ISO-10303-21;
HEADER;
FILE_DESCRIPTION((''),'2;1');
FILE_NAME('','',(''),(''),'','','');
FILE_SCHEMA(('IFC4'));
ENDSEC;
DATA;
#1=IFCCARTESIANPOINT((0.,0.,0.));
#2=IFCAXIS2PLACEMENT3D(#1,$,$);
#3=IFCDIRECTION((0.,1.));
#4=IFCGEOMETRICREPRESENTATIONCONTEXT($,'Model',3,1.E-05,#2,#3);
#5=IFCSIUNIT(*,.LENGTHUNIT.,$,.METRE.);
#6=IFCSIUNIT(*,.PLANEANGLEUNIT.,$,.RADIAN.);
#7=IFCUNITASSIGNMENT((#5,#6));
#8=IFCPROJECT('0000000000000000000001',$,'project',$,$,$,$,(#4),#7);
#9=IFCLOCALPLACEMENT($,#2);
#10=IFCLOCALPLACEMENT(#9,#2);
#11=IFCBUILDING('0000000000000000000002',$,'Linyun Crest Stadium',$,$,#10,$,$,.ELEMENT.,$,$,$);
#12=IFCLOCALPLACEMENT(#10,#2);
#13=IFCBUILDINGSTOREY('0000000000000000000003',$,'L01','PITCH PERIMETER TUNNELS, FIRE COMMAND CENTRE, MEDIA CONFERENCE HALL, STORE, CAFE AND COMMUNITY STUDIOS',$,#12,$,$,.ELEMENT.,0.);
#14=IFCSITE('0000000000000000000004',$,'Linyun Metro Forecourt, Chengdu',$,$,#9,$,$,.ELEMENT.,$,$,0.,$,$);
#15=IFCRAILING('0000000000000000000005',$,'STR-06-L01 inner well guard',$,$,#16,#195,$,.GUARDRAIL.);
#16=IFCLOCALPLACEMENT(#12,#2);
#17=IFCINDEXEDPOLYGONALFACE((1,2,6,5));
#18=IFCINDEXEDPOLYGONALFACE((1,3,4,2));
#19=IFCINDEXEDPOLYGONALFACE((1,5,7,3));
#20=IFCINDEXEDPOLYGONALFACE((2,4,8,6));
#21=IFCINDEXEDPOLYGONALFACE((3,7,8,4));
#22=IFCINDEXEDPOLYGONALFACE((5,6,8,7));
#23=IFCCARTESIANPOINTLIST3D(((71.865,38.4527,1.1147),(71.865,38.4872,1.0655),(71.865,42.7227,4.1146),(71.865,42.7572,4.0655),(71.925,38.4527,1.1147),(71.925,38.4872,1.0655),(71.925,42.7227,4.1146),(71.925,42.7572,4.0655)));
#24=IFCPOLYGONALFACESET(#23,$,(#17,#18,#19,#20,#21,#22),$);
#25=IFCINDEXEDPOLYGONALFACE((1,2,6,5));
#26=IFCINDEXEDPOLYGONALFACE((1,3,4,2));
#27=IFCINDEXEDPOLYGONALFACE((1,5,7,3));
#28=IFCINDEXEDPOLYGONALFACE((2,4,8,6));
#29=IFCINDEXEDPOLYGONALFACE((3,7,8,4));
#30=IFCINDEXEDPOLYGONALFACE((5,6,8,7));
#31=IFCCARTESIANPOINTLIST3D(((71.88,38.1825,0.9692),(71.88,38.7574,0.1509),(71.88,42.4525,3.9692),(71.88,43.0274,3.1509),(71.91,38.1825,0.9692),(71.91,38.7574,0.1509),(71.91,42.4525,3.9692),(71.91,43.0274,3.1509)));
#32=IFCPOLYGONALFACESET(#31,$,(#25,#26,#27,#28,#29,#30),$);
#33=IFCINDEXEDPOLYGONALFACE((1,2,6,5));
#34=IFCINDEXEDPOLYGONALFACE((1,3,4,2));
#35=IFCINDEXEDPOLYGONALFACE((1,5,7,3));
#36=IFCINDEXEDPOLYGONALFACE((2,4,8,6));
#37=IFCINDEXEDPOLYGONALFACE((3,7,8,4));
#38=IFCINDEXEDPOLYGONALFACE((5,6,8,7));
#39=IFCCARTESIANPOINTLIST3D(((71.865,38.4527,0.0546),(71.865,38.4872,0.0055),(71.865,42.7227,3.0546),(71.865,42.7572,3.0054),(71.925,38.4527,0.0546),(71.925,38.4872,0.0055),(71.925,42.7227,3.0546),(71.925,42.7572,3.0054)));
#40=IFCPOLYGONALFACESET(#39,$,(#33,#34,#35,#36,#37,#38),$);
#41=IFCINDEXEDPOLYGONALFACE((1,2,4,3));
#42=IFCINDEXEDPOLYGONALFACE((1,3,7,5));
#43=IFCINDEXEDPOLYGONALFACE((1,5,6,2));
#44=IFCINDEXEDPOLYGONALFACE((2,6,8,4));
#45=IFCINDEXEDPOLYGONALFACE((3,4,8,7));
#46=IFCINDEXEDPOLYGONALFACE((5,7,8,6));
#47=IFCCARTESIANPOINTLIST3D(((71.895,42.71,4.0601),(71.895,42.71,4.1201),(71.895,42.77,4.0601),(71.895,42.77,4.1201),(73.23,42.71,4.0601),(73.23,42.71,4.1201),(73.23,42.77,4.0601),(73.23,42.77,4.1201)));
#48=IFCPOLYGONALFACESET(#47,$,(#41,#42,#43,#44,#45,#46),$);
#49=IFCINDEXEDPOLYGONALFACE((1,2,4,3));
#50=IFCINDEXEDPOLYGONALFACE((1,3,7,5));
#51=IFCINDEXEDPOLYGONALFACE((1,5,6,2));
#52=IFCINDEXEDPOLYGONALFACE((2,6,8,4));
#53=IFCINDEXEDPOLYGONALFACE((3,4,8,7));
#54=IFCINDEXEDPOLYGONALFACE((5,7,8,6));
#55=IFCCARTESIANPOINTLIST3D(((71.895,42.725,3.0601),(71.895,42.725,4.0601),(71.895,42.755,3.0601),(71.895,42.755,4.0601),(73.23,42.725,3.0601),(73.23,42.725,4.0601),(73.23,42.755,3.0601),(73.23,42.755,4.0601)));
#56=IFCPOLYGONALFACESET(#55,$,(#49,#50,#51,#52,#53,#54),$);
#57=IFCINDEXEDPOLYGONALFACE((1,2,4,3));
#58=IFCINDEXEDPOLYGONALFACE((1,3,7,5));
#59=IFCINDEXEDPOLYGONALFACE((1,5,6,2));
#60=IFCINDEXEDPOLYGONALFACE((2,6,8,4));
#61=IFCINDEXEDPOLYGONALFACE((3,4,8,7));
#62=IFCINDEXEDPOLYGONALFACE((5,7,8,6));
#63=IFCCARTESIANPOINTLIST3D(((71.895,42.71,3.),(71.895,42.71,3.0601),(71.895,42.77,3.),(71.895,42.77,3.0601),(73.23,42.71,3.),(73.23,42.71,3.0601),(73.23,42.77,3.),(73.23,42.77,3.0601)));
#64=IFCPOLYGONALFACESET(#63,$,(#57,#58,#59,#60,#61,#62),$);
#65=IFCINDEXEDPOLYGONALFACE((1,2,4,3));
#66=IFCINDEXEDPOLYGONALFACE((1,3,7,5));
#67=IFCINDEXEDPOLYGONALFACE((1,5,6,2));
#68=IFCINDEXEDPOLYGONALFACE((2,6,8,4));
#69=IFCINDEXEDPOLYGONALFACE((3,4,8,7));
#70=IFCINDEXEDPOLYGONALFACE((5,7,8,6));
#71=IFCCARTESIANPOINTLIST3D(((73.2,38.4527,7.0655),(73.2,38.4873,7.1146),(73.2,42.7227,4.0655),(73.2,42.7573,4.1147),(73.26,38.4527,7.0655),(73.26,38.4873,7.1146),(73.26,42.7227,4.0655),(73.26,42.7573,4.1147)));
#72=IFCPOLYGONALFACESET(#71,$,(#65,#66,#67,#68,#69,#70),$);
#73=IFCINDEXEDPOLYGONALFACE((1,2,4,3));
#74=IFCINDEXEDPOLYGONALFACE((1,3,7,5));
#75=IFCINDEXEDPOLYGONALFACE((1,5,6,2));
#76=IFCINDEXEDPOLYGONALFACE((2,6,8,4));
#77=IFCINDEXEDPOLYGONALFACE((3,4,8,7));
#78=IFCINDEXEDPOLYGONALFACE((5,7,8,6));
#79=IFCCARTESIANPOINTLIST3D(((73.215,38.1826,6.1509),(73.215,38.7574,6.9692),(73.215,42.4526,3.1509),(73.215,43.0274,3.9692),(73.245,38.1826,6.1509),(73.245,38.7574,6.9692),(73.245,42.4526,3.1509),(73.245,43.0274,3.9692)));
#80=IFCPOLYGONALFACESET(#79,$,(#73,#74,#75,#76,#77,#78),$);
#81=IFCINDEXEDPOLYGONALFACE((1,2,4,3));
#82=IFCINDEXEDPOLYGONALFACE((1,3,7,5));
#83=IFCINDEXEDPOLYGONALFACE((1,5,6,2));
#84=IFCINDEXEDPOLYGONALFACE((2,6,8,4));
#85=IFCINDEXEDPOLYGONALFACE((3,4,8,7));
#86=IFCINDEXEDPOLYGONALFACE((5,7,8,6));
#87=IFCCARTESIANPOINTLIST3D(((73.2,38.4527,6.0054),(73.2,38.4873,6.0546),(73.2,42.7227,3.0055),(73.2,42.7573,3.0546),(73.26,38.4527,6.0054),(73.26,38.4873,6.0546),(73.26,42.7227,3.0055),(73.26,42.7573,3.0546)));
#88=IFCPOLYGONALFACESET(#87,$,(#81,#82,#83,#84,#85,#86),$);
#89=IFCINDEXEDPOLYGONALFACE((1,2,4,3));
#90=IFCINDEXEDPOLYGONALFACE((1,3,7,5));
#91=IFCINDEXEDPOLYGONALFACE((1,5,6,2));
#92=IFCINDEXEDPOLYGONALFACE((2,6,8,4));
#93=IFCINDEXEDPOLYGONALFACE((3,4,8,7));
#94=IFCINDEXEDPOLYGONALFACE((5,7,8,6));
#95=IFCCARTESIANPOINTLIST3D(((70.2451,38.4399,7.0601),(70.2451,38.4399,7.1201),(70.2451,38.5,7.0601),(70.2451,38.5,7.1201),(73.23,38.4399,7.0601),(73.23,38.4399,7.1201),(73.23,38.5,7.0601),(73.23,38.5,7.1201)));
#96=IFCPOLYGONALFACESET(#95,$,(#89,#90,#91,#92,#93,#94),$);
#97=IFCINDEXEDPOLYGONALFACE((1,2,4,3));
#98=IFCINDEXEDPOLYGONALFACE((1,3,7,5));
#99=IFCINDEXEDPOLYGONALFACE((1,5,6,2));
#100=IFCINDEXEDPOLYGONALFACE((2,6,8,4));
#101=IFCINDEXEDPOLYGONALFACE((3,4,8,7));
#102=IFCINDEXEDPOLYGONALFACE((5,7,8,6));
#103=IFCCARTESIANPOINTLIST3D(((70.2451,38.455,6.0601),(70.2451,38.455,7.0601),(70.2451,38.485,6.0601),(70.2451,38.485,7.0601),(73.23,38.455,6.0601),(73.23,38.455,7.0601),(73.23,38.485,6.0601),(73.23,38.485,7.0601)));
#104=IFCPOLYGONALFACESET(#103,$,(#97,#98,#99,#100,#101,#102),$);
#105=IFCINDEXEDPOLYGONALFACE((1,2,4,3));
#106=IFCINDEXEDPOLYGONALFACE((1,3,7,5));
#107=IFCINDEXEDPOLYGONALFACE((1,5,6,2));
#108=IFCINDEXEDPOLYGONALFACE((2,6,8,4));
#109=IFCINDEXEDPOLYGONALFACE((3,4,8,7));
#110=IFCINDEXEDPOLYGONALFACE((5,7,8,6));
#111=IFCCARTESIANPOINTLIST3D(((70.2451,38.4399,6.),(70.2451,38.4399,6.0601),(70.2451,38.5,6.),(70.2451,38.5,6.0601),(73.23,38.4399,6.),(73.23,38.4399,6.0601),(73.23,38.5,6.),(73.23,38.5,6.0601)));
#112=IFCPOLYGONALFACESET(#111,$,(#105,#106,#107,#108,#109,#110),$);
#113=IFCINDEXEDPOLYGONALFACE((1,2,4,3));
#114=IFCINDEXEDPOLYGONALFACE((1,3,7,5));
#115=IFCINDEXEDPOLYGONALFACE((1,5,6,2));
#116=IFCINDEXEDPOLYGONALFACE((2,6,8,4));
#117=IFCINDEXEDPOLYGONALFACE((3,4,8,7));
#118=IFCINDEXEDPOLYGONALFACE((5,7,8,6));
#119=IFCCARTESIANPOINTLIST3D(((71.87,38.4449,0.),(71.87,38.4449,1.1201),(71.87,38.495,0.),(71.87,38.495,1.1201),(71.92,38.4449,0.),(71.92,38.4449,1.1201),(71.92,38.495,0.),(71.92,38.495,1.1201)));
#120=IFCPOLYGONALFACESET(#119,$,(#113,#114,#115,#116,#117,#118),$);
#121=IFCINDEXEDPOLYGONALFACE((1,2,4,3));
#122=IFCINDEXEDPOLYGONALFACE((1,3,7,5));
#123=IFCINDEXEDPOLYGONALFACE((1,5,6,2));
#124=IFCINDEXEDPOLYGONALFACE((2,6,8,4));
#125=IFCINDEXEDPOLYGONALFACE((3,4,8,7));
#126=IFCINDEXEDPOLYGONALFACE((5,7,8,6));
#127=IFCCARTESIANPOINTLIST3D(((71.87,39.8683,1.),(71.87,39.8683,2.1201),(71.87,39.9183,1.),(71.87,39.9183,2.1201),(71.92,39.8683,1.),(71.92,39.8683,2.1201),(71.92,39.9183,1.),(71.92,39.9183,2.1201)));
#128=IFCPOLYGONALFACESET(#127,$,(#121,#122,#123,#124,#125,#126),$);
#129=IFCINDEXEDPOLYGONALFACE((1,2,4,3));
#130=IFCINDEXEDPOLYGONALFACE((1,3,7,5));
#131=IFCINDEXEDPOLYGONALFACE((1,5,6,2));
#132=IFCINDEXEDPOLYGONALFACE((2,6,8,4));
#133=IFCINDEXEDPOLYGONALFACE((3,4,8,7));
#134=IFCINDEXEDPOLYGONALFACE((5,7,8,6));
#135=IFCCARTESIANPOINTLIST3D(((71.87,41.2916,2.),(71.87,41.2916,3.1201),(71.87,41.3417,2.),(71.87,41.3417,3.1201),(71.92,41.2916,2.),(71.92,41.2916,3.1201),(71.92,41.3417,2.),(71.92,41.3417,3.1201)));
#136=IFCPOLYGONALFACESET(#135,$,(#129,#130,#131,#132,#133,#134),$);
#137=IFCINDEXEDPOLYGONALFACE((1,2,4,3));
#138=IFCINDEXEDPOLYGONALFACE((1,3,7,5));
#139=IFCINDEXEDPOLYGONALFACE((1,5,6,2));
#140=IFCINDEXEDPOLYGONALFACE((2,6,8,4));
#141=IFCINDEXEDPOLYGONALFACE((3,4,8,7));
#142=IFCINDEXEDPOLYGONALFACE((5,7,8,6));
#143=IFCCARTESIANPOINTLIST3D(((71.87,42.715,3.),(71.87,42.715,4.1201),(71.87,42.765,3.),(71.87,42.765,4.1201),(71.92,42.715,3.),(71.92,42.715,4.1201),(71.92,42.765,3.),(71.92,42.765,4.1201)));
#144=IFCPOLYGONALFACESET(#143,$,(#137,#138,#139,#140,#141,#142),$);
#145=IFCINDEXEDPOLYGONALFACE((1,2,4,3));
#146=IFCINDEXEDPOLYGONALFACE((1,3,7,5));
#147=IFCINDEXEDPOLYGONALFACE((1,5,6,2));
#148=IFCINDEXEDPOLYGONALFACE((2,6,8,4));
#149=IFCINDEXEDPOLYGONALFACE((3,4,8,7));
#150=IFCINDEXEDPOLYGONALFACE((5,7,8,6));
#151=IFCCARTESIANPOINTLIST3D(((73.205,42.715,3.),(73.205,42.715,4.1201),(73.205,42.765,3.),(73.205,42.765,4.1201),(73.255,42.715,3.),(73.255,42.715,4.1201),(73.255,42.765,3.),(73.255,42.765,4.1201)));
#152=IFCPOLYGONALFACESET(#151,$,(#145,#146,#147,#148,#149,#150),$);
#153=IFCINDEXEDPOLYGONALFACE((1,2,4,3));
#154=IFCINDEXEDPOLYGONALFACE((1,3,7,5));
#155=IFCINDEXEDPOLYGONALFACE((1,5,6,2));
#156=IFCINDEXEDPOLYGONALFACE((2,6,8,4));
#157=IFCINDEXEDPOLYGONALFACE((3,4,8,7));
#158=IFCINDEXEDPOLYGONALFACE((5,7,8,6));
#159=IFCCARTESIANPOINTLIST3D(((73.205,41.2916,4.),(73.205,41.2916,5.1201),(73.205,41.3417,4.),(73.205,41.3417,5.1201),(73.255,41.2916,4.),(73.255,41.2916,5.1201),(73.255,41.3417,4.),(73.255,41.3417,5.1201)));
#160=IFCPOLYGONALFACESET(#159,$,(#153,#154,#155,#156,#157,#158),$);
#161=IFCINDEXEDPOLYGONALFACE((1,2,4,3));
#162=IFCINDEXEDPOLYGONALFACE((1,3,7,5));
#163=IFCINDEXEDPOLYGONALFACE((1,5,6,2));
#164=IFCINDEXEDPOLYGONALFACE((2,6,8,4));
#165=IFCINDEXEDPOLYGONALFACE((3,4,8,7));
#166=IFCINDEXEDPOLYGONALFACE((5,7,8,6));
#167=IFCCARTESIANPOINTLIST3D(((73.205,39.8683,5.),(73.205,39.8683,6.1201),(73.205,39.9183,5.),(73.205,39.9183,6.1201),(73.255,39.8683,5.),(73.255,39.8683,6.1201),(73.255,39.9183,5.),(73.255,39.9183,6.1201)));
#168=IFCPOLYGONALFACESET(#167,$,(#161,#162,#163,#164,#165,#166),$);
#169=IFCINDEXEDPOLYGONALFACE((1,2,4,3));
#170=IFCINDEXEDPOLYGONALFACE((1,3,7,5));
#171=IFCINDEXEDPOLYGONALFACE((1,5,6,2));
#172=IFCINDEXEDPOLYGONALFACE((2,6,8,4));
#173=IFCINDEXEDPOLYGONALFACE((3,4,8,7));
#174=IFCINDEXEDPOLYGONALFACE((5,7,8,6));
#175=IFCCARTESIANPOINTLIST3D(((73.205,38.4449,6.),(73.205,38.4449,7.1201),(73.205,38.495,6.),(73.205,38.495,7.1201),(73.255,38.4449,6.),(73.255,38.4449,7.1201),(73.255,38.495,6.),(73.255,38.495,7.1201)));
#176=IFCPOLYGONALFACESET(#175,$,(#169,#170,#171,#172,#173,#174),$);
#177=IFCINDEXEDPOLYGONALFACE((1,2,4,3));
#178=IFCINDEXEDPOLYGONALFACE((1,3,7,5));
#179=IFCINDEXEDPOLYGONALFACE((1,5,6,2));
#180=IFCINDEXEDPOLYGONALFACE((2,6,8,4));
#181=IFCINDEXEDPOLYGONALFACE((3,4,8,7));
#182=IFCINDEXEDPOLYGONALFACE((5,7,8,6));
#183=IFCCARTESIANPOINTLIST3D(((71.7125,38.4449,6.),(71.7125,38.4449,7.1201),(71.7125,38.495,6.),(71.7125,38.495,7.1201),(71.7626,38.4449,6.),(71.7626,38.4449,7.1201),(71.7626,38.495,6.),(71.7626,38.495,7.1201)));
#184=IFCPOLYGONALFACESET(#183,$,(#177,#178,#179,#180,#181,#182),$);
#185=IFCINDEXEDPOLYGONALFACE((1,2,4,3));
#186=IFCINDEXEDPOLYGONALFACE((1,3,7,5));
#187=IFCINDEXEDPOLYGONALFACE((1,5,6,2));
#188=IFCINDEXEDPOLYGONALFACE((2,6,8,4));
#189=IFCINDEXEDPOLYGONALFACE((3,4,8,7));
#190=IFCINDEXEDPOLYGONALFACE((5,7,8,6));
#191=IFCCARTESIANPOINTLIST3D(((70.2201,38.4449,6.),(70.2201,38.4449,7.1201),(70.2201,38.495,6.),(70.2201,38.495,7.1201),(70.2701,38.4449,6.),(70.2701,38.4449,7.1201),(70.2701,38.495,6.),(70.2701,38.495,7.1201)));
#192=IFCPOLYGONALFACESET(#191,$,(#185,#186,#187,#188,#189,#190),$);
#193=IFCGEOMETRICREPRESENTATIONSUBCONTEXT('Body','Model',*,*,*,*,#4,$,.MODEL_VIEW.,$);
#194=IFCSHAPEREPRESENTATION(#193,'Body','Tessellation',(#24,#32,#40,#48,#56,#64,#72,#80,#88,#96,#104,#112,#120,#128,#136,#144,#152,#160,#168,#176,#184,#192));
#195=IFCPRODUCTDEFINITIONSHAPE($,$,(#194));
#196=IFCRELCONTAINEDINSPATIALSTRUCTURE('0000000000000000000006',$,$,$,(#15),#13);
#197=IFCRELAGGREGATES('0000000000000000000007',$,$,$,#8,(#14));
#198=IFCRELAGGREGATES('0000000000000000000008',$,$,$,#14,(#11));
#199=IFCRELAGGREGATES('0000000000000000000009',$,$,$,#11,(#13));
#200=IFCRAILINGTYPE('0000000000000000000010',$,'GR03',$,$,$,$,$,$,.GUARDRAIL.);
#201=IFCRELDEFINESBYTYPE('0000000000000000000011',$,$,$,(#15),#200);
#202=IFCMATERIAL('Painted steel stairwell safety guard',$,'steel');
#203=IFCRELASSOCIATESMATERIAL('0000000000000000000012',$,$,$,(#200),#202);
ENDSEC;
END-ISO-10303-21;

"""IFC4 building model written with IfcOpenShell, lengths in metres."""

from ifc_helpers import new_model, si_unit, direction, frame, origin, origin_2d, place, context, subcontext, project, spatial, rectangle, extrude, material, type_object, element, save


model = new_model("IFC4")

# Units and contexts
model_context = context("Model", 3, precision=1e-05, world=origin(), true_north=direction((0.0, 1.0)))
body_context = subcontext(model_context, "Body", "Model", "MODEL_VIEW")
ifc_project = project(units=[si_unit("LENGTHUNIT", "METRE"), si_unit("PLANEANGLEUNIT", "RADIAN")], contexts=[model_context])

# Site, building, storey
site_placement = place(None, origin())
site = spatial("IfcSite", under=ifc_project, at=site_placement, Name="Linyun Metro Forecourt, Chengdu", CompositionType="ELEMENT", RefElevation=0.0)
building_placement = place(site_placement, origin())
building = spatial("IfcBuilding", under=site, at=building_placement, Name="Linyun Crest Stadium", CompositionType="ELEMENT")
storey_placement = place(building_placement, origin())
storey = spatial("IfcBuildingStorey", under=building, at=storey_placement, Name="L01", Description="PITCH PERIMETER TUNNELS, FIRE COMMAND CENTRE, MEDIA CONFERENCE HALL, STORE, CAFE AND COMMUNITY STUDIOS", CompositionType="ELEMENT", Elevation=0.0)

# Railing
ifc_material_1 = material(Name="Painted steel stairwell safety guard", Category="steel")
railing_type_1 = type_object("IfcRailingType", Name="GR03", PredefinedType="GUARDRAIL", material=ifc_material_1)
railing_1_placement = place(storey_placement, frame((71.895, 38.47, 0.0)))
element("IfcRailing", 1, at=railing_1_placement, inside=storey, type_object=railing_type_1, Name="STR-06-L01 inner well guard", PredefinedType="GUARDRAIL", context=body_context, shape_type="SweptSolid", body=[
    extrude(rectangle(XDim=0.0601, YDim=0.0601, at=origin_2d()), frame((0.0, 0.0, 1.0901), z_axis=(0.0, 0.818242, 0.574874), x_axis=(-1.0, 0.0, 0.0)), (0.0, 0.0, 1.0), 5.2185),
    extrude(rectangle(XDim=0.03, YDim=1.0, at=origin_2d()), frame((0.0, 0.0, 0.5601), z_axis=(0.0, 0.818242, 0.574874), x_axis=(-1.0, 0.0, 0.0)), (0.0, 0.0, 1.0), 5.2185),
    extrude(rectangle(XDim=0.0601, YDim=0.0601, at=origin_2d()), frame((0.0, 0.0, 0.03), z_axis=(0.0, 0.818242, 0.574874), x_axis=(-1.0, 0.0, 0.0)), (0.0, 0.0, 1.0), 5.2185),
    extrude(rectangle(XDim=0.0601, YDim=0.0601, at=origin_2d()), frame((0.0, 4.27, 4.0901), z_axis=(1.0, 0.0, 0.0), x_axis=(0.0, 1.0, 0.0)), (0.0, 0.0, 1.0), 1.335),
    extrude(rectangle(XDim=0.03, YDim=1.0, at=origin_2d()), frame((0.0, 4.27, 3.5601), z_axis=(1.0, 0.0, 0.0), x_axis=(0.0, 1.0, 0.0)), (0.0, 0.0, 1.0), 1.335),
    extrude(rectangle(XDim=0.0601, YDim=0.0601, at=origin_2d()), frame((0.0, 4.27, 3.03), z_axis=(1.0, 0.0, 0.0), x_axis=(0.0, 1.0, 0.0)), (0.0, 0.0, 1.0), 1.335),
    extrude(rectangle(XDim=0.0601, YDim=0.0601, at=origin_2d()), frame((1.335, 4.27, 4.0901), z_axis=(0.0, -0.818242, 0.574874), x_axis=(1.0, 0.0, 0.0)), (0.0, 0.0, 1.0), 5.2185),
    extrude(rectangle(XDim=0.03, YDim=1.0, at=origin_2d()), frame((1.335, 4.27, 3.5601), z_axis=(0.0, -0.818242, 0.574874), x_axis=(1.0, 0.0, 0.0)), (0.0, 0.0, 1.0), 5.2185),
    extrude(rectangle(XDim=0.0601, YDim=0.0601, at=origin_2d()), frame((1.335, 4.27, 3.03), z_axis=(0.0, -0.818242, 0.574874), x_axis=(1.0, 0.0, 0.0)), (0.0, 0.0, 1.0), 5.2185),
    extrude(rectangle(XDim=0.0601, YDim=0.0601, at=origin_2d()), frame((1.335, 0.0, 7.0901), z_axis=(-1.0, 0.0, 0.0), x_axis=(0.0, -1.0, 0.0)), (0.0, 0.0, 1.0), 2.9849),
    extrude(rectangle(XDim=0.03, YDim=1.0, at=origin_2d()), frame((1.335, 0.0, 6.5601), z_axis=(-1.0, 0.0, 0.0), x_axis=(0.0, -1.0, 0.0)), (0.0, 0.0, 1.0), 2.9849),
    extrude(rectangle(XDim=0.0601, YDim=0.0601, at=origin_2d()), frame((1.335, 0.0, 6.03), z_axis=(-1.0, 0.0, 0.0), x_axis=(0.0, -1.0, 0.0)), (0.0, 0.0, 1.0), 2.9849),
    extrude(rectangle(XDim=0.05, YDim=0.05, at=origin_2d()), origin(), (0.0, 0.0, 1.0), 1.1201),
    extrude(rectangle(XDim=0.05, YDim=0.05, at=origin_2d()), frame((0.0, 1.4233, 1.0)), (0.0, 0.0, 1.0), 1.1201),
    extrude(rectangle(XDim=0.05, YDim=0.05, at=origin_2d()), frame((0.0, 2.8467, 2.0)), (0.0, 0.0, 1.0), 1.1201),
    extrude(rectangle(XDim=0.05, YDim=0.05, at=origin_2d()), frame((0.0, 4.27, 3.0)), (0.0, 0.0, 1.0), 1.1201),
    extrude(rectangle(XDim=0.05, YDim=0.05, at=origin_2d()), frame((1.335, 4.27, 3.0)), (0.0, 0.0, 1.0), 1.1201),
    extrude(rectangle(XDim=0.05, YDim=0.05, at=origin_2d()), frame((1.335, 2.8467, 4.0)), (0.0, 0.0, 1.0), 1.1201),
    extrude(rectangle(XDim=0.05, YDim=0.05, at=origin_2d()), frame((1.335, 1.4233, 5.0)), (0.0, 0.0, 1.0), 1.1201),
    extrude(rectangle(XDim=0.05, YDim=0.05, at=origin_2d()), frame((1.335, 0.0, 6.0)), (0.0, 0.0, 1.0), 1.1201),
    extrude(rectangle(XDim=0.05, YDim=0.05, at=origin_2d()), frame((-0.1575, 0.0, 6.0)), (0.0, 0.0, 1.0), 1.1201),
    extrude(rectangle(XDim=0.05, YDim=0.05, at=origin_2d()), frame((-1.6499, 0.0, 6.0)), (0.0, 0.0, 1.0), 1.1201),
])

save(model, "model.ifc")
